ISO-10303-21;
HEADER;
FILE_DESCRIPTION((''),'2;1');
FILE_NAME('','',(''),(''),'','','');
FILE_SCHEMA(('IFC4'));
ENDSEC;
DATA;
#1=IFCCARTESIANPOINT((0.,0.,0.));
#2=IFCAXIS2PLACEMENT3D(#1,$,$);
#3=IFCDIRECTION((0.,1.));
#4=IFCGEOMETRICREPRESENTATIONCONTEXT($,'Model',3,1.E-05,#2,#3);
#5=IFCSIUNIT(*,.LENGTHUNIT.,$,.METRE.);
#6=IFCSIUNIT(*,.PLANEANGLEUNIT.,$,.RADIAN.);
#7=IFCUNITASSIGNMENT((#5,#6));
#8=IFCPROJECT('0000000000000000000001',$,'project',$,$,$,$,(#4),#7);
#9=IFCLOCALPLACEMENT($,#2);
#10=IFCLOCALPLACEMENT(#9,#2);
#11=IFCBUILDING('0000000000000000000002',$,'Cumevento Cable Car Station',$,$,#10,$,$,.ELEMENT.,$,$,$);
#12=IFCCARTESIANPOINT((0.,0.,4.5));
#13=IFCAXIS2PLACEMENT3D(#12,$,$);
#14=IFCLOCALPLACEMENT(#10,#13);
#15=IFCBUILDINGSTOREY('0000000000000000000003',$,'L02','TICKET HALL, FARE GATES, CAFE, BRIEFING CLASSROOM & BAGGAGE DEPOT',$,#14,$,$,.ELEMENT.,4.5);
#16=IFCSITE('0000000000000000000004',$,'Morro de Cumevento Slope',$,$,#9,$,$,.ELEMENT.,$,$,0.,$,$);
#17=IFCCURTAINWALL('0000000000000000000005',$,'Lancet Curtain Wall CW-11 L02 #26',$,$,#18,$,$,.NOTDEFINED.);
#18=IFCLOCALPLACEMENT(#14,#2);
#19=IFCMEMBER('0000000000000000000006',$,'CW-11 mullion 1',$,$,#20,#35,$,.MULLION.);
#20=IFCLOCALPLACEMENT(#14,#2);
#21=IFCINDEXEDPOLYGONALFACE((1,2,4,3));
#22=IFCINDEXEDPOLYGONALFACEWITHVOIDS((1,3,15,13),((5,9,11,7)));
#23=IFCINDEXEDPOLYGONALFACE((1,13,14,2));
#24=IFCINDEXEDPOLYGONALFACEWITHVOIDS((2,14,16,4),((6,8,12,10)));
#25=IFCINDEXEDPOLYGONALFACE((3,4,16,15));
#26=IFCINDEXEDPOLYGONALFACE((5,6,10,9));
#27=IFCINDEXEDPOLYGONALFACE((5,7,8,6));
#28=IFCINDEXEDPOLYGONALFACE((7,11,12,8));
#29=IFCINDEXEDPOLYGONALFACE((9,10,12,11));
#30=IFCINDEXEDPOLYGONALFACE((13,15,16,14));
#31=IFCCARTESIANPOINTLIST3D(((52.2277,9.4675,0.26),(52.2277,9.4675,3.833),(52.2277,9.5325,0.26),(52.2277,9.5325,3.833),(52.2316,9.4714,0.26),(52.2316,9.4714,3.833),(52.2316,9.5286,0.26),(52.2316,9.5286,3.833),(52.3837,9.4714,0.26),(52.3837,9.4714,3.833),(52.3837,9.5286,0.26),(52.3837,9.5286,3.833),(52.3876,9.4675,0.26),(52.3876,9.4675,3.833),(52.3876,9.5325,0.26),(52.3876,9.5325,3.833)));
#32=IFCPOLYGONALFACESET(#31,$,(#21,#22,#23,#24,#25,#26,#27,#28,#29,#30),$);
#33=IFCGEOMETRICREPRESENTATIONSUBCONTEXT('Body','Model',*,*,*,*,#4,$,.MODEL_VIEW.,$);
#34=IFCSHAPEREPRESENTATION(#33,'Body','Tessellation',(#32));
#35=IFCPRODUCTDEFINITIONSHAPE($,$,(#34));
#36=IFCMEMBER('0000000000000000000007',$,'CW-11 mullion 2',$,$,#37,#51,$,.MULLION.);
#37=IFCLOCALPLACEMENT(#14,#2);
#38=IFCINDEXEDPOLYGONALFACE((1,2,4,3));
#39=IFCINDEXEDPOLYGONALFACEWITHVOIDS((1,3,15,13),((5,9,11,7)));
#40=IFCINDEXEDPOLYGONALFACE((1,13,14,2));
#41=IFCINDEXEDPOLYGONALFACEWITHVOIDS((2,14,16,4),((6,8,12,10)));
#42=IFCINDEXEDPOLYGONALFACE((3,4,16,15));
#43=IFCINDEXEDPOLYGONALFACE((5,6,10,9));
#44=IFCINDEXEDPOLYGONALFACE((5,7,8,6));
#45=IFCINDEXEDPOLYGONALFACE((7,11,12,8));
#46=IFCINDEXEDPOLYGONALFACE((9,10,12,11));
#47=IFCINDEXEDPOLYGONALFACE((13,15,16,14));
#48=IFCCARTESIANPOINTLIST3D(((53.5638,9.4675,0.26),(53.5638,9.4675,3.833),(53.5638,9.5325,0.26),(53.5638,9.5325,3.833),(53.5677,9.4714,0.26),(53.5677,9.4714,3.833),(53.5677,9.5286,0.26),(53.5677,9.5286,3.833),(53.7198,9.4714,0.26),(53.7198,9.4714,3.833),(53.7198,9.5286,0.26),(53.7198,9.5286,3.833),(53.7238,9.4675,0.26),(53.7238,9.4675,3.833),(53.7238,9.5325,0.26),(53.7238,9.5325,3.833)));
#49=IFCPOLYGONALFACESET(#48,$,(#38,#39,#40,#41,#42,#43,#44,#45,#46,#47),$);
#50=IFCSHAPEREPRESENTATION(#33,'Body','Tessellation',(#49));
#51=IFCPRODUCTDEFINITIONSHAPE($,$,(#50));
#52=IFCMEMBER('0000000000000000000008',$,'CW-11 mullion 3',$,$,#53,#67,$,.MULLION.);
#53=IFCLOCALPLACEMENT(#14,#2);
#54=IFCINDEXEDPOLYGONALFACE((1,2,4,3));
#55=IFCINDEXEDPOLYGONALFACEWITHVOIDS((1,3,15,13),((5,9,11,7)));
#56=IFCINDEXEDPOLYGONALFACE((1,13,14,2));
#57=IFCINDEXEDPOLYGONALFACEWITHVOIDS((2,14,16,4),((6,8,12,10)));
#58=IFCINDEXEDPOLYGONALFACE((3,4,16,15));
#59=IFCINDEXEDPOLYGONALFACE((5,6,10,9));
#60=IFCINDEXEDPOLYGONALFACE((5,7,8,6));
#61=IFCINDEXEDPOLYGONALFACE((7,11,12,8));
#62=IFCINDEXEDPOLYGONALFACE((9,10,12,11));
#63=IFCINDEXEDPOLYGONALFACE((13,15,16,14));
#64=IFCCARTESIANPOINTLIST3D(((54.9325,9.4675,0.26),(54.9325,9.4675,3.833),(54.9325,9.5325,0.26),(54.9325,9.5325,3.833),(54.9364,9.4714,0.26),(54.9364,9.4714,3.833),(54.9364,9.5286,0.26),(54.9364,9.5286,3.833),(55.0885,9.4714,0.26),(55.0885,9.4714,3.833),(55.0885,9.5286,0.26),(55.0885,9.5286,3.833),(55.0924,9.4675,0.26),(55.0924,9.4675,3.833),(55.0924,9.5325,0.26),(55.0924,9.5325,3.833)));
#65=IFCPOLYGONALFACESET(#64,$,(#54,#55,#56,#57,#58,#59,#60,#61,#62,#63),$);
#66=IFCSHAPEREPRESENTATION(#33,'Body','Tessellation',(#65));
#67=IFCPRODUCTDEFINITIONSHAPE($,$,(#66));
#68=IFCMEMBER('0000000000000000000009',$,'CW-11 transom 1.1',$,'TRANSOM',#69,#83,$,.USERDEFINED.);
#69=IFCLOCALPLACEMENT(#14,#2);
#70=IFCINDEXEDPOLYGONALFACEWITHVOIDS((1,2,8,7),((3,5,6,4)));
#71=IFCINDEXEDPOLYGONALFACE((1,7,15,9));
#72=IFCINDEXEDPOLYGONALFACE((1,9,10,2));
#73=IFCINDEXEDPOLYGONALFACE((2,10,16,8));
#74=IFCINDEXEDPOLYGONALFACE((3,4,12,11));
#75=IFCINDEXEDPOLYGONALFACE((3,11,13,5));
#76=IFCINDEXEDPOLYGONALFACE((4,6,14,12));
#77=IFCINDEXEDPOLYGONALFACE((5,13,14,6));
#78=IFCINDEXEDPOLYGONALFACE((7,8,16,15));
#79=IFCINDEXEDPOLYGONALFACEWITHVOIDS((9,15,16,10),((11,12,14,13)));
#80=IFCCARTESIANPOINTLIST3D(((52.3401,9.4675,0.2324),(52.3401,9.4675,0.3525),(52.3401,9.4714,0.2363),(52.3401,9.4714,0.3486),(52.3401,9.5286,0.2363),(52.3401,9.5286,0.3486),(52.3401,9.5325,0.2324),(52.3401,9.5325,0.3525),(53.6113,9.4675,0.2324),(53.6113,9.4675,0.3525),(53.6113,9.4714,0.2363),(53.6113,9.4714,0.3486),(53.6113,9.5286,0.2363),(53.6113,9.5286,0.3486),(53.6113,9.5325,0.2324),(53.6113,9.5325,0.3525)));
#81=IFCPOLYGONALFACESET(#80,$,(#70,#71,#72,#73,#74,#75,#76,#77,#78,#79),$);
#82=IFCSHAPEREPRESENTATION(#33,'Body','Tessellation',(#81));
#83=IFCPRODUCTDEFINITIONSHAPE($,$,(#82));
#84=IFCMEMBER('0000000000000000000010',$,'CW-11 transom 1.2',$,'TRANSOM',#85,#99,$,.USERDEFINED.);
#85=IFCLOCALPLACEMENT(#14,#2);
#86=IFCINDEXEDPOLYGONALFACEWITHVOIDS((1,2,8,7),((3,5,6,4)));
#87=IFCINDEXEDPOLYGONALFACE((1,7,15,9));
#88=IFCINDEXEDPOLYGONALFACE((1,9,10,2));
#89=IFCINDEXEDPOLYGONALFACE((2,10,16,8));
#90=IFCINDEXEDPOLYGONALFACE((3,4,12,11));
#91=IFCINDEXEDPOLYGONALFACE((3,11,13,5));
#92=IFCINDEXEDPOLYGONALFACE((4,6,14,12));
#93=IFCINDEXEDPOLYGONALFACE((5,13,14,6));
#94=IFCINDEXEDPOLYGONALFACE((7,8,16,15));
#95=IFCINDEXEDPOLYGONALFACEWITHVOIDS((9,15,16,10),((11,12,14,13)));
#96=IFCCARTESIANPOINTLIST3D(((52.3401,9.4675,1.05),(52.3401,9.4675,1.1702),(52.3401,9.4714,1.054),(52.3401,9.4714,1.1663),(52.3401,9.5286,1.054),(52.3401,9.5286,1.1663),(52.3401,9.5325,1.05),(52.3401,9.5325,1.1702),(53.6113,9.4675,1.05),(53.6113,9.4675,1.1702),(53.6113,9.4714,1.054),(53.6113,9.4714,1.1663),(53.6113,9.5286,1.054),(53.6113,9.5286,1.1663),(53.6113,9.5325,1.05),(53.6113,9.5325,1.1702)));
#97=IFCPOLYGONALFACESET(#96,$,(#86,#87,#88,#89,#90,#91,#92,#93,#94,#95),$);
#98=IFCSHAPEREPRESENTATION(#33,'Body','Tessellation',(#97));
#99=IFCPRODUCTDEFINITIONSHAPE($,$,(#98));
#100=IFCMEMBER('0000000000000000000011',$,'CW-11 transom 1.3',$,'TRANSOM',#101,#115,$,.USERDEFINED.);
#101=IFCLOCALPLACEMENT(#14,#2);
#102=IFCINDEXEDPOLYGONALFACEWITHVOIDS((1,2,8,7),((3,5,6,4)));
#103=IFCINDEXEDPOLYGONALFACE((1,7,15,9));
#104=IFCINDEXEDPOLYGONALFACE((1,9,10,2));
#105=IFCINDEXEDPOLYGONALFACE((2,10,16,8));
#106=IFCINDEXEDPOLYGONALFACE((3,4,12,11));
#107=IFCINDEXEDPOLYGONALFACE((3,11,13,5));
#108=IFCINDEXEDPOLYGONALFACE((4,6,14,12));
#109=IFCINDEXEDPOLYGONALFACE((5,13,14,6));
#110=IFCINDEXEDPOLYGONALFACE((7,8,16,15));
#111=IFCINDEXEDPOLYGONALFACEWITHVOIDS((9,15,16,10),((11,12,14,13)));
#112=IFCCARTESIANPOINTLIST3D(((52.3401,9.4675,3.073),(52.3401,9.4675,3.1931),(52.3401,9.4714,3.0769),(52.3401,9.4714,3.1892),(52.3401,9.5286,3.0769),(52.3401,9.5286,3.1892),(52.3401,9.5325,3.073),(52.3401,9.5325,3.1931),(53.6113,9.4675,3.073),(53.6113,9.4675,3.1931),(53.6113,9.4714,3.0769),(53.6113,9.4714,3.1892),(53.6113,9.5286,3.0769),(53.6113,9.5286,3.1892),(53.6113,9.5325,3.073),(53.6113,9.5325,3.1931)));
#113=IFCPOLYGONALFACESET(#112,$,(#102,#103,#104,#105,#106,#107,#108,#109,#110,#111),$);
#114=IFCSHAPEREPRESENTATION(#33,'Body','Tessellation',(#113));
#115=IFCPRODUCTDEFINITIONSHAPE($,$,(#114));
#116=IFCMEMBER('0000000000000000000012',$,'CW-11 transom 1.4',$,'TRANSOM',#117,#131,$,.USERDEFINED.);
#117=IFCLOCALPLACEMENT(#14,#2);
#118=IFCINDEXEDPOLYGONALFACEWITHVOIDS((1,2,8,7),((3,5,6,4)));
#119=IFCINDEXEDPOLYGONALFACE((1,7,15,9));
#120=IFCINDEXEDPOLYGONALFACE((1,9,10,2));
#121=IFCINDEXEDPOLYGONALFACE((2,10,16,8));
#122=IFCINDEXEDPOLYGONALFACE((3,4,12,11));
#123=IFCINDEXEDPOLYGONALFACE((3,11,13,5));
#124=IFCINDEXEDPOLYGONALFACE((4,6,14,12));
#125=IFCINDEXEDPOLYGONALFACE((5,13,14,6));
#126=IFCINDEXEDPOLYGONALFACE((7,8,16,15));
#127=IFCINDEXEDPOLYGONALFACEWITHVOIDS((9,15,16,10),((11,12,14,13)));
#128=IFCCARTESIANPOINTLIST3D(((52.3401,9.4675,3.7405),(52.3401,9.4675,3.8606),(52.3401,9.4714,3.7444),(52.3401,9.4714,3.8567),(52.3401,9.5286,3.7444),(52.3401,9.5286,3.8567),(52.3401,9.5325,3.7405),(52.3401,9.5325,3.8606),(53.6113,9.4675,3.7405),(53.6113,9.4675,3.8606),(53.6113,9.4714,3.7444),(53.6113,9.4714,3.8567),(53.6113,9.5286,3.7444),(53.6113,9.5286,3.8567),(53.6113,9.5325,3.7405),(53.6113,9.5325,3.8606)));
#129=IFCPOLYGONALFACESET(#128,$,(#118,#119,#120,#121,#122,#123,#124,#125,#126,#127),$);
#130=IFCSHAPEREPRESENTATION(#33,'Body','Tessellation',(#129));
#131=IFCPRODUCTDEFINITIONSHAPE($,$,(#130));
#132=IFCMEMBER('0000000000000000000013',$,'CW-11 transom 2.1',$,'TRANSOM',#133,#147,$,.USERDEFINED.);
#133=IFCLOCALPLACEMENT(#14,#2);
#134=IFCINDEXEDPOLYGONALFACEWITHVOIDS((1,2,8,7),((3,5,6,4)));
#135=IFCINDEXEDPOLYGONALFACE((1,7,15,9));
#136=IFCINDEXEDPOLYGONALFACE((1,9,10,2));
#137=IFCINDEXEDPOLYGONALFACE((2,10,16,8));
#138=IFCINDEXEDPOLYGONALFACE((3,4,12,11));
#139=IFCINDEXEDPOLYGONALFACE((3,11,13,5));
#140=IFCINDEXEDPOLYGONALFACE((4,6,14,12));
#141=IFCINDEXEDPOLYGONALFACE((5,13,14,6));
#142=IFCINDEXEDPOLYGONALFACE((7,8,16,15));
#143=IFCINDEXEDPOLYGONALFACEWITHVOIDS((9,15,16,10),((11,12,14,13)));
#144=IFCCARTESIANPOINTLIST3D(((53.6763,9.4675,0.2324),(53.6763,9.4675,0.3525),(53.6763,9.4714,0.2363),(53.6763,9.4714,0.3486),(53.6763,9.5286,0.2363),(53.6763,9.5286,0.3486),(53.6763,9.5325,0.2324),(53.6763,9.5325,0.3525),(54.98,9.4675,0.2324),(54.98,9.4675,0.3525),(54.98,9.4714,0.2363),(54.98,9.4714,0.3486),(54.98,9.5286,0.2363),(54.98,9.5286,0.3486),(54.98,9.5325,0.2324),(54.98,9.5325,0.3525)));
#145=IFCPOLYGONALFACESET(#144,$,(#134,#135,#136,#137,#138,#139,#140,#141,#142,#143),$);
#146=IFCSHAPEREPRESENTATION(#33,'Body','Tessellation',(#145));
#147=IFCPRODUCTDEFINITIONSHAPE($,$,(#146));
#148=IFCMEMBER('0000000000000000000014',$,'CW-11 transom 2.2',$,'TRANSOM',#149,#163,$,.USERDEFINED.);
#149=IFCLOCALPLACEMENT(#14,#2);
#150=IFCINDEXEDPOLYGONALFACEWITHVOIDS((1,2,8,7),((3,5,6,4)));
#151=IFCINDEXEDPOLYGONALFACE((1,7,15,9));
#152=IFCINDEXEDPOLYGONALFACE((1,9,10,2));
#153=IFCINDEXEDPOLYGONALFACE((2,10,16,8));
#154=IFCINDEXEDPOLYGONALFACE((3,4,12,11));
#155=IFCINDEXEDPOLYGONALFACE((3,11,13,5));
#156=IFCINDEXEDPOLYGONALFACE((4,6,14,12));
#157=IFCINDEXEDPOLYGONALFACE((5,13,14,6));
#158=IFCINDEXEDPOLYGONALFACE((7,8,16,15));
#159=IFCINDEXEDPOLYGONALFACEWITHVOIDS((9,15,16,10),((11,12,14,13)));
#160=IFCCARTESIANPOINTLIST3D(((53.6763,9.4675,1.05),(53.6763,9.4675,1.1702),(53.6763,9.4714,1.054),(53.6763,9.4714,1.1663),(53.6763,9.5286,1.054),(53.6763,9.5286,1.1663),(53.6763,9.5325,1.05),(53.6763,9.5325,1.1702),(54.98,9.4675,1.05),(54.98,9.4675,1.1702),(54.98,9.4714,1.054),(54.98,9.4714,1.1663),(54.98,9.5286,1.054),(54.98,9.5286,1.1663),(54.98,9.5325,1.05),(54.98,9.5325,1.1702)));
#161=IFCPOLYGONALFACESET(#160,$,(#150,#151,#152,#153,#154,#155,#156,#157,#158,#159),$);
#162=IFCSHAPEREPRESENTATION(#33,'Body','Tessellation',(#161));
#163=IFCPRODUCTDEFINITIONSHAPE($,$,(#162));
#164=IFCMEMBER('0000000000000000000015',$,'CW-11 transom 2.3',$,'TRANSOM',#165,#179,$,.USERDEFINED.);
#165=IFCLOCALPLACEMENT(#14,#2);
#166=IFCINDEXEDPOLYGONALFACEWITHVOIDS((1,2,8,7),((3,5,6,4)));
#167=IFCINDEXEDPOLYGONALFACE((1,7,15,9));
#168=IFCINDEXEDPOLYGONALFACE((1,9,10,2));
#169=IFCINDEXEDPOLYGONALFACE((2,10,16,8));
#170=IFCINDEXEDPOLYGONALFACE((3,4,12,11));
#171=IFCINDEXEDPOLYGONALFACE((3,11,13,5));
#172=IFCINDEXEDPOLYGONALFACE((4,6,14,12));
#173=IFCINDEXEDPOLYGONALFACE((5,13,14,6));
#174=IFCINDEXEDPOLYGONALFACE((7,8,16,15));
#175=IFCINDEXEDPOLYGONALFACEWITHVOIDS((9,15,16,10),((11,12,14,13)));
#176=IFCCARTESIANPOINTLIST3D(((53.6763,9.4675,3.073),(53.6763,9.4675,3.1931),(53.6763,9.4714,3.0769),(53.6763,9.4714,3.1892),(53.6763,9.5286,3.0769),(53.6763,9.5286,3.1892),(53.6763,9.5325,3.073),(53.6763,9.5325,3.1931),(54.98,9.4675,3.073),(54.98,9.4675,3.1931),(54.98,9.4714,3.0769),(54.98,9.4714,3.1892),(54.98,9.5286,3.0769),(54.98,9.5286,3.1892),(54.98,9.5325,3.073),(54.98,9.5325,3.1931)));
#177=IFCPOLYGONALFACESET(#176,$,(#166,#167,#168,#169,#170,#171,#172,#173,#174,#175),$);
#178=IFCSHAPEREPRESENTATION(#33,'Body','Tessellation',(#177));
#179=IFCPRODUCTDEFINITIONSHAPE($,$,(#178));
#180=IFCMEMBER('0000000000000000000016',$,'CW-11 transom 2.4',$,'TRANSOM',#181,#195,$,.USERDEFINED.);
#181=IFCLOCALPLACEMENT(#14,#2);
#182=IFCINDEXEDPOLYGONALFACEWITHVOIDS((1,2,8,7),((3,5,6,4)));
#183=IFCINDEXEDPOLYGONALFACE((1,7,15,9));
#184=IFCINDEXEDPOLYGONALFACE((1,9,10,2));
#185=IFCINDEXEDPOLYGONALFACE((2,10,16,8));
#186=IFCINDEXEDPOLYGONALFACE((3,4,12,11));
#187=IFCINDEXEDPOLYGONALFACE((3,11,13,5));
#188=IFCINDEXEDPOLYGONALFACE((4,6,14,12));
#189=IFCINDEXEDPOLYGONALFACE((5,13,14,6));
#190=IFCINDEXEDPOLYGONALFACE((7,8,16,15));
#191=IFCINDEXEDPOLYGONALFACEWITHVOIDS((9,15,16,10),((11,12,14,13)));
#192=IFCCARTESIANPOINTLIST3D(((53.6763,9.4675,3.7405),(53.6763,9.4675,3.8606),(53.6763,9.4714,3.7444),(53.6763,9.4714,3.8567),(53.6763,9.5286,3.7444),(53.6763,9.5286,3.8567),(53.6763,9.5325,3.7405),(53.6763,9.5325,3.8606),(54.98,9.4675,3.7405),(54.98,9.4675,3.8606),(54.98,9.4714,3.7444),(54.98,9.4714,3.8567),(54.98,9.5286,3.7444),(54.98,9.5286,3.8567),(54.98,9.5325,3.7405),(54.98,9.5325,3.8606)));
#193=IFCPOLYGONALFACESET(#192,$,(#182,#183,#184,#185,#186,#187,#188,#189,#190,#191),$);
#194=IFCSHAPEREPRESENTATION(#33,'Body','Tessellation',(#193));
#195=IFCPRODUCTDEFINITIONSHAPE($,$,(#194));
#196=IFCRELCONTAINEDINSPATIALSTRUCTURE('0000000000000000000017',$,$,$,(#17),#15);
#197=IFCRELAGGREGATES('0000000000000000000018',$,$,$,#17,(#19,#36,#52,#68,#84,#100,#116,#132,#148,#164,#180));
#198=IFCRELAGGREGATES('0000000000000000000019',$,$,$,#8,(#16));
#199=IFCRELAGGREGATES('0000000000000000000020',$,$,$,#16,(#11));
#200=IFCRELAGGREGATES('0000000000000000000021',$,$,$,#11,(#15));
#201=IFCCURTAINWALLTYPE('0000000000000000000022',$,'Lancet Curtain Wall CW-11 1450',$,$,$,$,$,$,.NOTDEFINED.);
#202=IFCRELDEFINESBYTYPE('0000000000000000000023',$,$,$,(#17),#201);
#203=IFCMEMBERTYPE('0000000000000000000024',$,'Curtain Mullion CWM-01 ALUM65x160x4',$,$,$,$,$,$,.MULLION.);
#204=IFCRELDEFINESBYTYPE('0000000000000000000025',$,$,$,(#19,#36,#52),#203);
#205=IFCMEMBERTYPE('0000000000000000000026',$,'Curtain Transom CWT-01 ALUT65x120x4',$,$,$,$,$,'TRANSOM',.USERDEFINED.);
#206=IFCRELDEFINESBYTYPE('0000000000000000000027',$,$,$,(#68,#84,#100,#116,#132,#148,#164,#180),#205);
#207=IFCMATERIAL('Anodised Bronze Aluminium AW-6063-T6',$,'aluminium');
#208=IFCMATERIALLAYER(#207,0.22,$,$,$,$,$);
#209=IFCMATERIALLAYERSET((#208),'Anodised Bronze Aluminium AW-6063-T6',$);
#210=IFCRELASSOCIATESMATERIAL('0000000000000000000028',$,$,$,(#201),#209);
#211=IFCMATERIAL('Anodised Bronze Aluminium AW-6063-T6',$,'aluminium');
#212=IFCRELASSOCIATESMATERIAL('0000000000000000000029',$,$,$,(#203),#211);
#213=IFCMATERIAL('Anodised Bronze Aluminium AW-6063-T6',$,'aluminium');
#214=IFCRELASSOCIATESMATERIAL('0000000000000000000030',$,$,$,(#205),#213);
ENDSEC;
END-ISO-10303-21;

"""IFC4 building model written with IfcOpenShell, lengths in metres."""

from ifc_helpers import new_model, si_unit, direction, frame, origin, origin_2d, place, context, subcontext, project, spatial, hollow_rectangle, extrude, material, layer, layer_set, material_profile, profile_set, type_object, element, aggregate, save


model = new_model("IFC4")

# Units and contexts
model_context = context("Model", 3, precision=1e-05, world=origin(), true_north=direction((0.0, 1.0)))
body_context = subcontext(model_context, "Body", "Model", "MODEL_VIEW")
ifc_project = project(units=[si_unit("LENGTHUNIT", "METRE"), si_unit("PLANEANGLEUNIT", "RADIAN")], contexts=[model_context])

# Site, building, storey
site_placement = place(None, origin())
site = spatial("IfcSite", under=ifc_project, at=site_placement, Name="Morro de Cumevento Slope", CompositionType="ELEMENT", RefElevation=0.0)
building_placement = place(site_placement, origin())
building = spatial("IfcBuilding", under=site, at=building_placement, Name="Cumevento Cable Car Station", CompositionType="ELEMENT")
storey_placement = place(building_placement, frame((0.0, 0.0, 4.5)))
storey = spatial("IfcBuildingStorey", under=building, at=storey_placement, Name="L02", Description="TICKET HALL, FARE GATES, CAFE, BRIEFING CLASSROOM & BAGGAGE DEPOT", CompositionType="ELEMENT", Elevation=4.5)

# Curtain wall, members
ifc_material_1 = material(Name="Anodised Bronze Aluminium AW-6063-T6", Category="aluminium")
ifc_layer_1 = layer(ifc_material_1, 0.22)
ifc_layer_set_1 = layer_set([ifc_layer_1], Name="Anodised Bronze Aluminium AW-6063-T6")
curtain_wall_type = type_object("IfcCurtainWallType", Name="Lancet Curtain Wall CW-11 1450", PredefinedType="NOTDEFINED", material=ifc_layer_set_1)
curtain_wall_placement = place(storey_placement, origin())
curtain_wall = element("IfcCurtainWall", 1, at=curtain_wall_placement, inside=storey, type_object=curtain_wall_type, Name="Lancet Curtain Wall CW-11 L02 #26", PredefinedType="NOTDEFINED")
ifc_material_2 = material(Name="Anodised Bronze Aluminium AW-6063-T6", Category="aluminium")
ifc_material_profile_1 = material_profile(ifc_material_2, hollow_rectangle(XDim=0.0649, YDim=0.1599, WallThickness=0.0039, at=origin_2d()), Name="ALUM65x160x4")
ifc_profile_set_1 = profile_set([ifc_material_profile_1], Name="Anodised Bronze Aluminium AW-6063-T6")
member_type_1 = type_object("IfcMemberType", Name="Curtain Mullion CWM-01 ALUM65x160x4", PredefinedType="MULLION", material=ifc_profile_set_1)
member_1_placement = place(storey_placement, frame((52.3076, 9.5, 0.26), z_axis=(0.0, 0.0, 1.0), x_axis=(0.0, 1.0, 0.0)))
member_1 = element("IfcMember", 2, at=member_1_placement, type_object=member_type_1, Name="CW-11 mullion 1", PredefinedType="MULLION", context=body_context, shape_type="SweptSolid", body=[
    extrude(hollow_rectangle(XDim=0.0649, YDim=0.1599, WallThickness=0.0039, at=origin_2d()), origin(), (0.0, 0.0, 1.0), 3.573),
])
member_2_placement = place(storey_placement, frame((53.6438, 9.5, 0.26), z_axis=(0.0, 0.0, 1.0), x_axis=(0.0, 1.0, 0.0)))
member_2 = element("IfcMember", 3, at=member_2_placement, type_object=member_type_1, Name="CW-11 mullion 2", PredefinedType="MULLION", context=body_context, shape_type="SweptSolid", body=[
    extrude(hollow_rectangle(XDim=0.0649, YDim=0.1599, WallThickness=0.0039, at=origin_2d()), origin(), (0.0, 0.0, 1.0), 3.573),
])
member_3_placement = place(storey_placement, frame((55.0125, 9.5, 0.26), z_axis=(0.0, 0.0, 1.0), x_axis=(0.0, 1.0, 0.0)))
member_3 = element("IfcMember", 4, at=member_3_placement, type_object=member_type_1, Name="CW-11 mullion 3", PredefinedType="MULLION", context=body_context, shape_type="SweptSolid", body=[
    extrude(hollow_rectangle(XDim=0.0649, YDim=0.1599, WallThickness=0.0039, at=origin_2d()), origin(), (0.0, 0.0, 1.0), 3.573),
])
ifc_material_3 = material(Name="Anodised Bronze Aluminium AW-6063-T6", Category="aluminium")
ifc_material_profile_2 = material_profile(ifc_material_3, hollow_rectangle(XDim=0.0649, YDim=0.1201, WallThickness=0.0039, at=origin_2d()), Name="ALUT65x120x4")
ifc_profile_set_2 = profile_set([ifc_material_profile_2], Name="Anodised Bronze Aluminium AW-6063-T6")
member_type_2 = type_object("IfcMemberType", Name="Curtain Transom CWT-01 ALUT65x120x4", ElementType="TRANSOM", PredefinedType="USERDEFINED", material=ifc_profile_set_2)
member_4_placement = place(storey_placement, frame((52.3401, 9.5, 0.2925), z_axis=(1.0, 0.0, 0.0), x_axis=(0.0, 1.0, 0.0)))
member_4 = element("IfcMember", 5, at=member_4_placement, type_object=member_type_2, Name="CW-11 transom 1.1", ObjectType="TRANSOM", PredefinedType="USERDEFINED", context=body_context, shape_type="SweptSolid", body=[
    extrude(hollow_rectangle(XDim=0.0649, YDim=0.1201, WallThickness=0.0039, at=origin_2d()), origin(), (0.0, 0.0, 1.0), 1.2712),
])
member_5_placement = place(storey_placement, frame((52.3401, 9.5, 1.1101), z_axis=(1.0, 0.0, 0.0), x_axis=(0.0, 1.0, 0.0)))
member_5 = element("IfcMember", 6, at=member_5_placement, type_object=member_type_2, Name="CW-11 transom 1.2", ObjectType="TRANSOM", PredefinedType="USERDEFINED", context=body_context, shape_type="SweptSolid", body=[
    extrude(hollow_rectangle(XDim=0.0649, YDim=0.1201, WallThickness=0.0039, at=origin_2d()), origin(), (0.0, 0.0, 1.0), 1.2712),
])
member_6_placement = place(storey_placement, frame((52.3401, 9.5, 3.1331), z_axis=(1.0, 0.0, 0.0), x_axis=(0.0, 1.0, 0.0)))
member_6 = element("IfcMember", 7, at=member_6_placement, type_object=member_type_2, Name="CW-11 transom 1.3", ObjectType="TRANSOM", PredefinedType="USERDEFINED", context=body_context, shape_type="SweptSolid", body=[
    extrude(hollow_rectangle(XDim=0.0649, YDim=0.1201, WallThickness=0.0039, at=origin_2d()), origin(), (0.0, 0.0, 1.0), 1.2712),
])
member_7_placement = place(storey_placement, frame((52.3401, 9.5, 3.8005), z_axis=(1.0, 0.0, 0.0), x_axis=(0.0, 1.0, 0.0)))
member_7 = element("IfcMember", 8, at=member_7_placement, type_object=member_type_2, Name="CW-11 transom 1.4", ObjectType="TRANSOM", PredefinedType="USERDEFINED", context=body_context, shape_type="SweptSolid", body=[
    extrude(hollow_rectangle(XDim=0.0649, YDim=0.1201, WallThickness=0.0039, at=origin_2d()), origin(), (0.0, 0.0, 1.0), 1.2712),
])
member_8_placement = place(storey_placement, frame((53.6763, 9.5, 0.2925), z_axis=(1.0, 0.0, 0.0), x_axis=(0.0, 1.0, 0.0)))
member_8 = element("IfcMember", 9, at=member_8_placement, type_object=member_type_2, Name="CW-11 transom 2.1", ObjectType="TRANSOM", PredefinedType="USERDEFINED", context=body_context, shape_type="SweptSolid", body=[
    extrude(hollow_rectangle(XDim=0.0649, YDim=0.1201, WallThickness=0.0039, at=origin_2d()), origin(), (0.0, 0.0, 1.0), 1.3037),
])
member_9_placement = place(storey_placement, frame((53.6763, 9.5, 1.1101), z_axis=(1.0, 0.0, 0.0), x_axis=(0.0, 1.0, 0.0)))
member_9 = element("IfcMember", 10, at=member_9_placement, type_object=member_type_2, Name="CW-11 transom 2.2", ObjectType="TRANSOM", PredefinedType="USERDEFINED", context=body_context, shape_type="SweptSolid", body=[
    extrude(hollow_rectangle(XDim=0.0649, YDim=0.1201, WallThickness=0.0039, at=origin_2d()), origin(), (0.0, 0.0, 1.0), 1.3037),
])
member_10_placement = place(storey_placement, frame((53.6763, 9.5, 3.1331), z_axis=(1.0, 0.0, 0.0), x_axis=(0.0, 1.0, 0.0)))
member_10 = element("IfcMember", 11, at=member_10_placement, type_object=member_type_2, Name="CW-11 transom 2.3", ObjectType="TRANSOM", PredefinedType="USERDEFINED", context=body_context, shape_type="SweptSolid", body=[
    extrude(hollow_rectangle(XDim=0.0649, YDim=0.1201, WallThickness=0.0039, at=origin_2d()), origin(), (0.0, 0.0, 1.0), 1.3037),
])
member_11_placement = place(storey_placement, frame((53.6763, 9.5, 3.8005), z_axis=(1.0, 0.0, 0.0), x_axis=(0.0, 1.0, 0.0)))
member_11 = element("IfcMember", 12, at=member_11_placement, type_object=member_type_2, Name="CW-11 transom 2.4", ObjectType="TRANSOM", PredefinedType="USERDEFINED", context=body_context, shape_type="SweptSolid", body=[
    extrude(hollow_rectangle(XDim=0.0649, YDim=0.1201, WallThickness=0.0039, at=origin_2d()), origin(), (0.0, 0.0, 1.0), 1.3037),
])

aggregate(curtain_wall, [member_1, member_2, member_3, member_4, member_5, member_6, member_7, member_8, member_9, member_10, member_11])

save(model, "model.ifc")
